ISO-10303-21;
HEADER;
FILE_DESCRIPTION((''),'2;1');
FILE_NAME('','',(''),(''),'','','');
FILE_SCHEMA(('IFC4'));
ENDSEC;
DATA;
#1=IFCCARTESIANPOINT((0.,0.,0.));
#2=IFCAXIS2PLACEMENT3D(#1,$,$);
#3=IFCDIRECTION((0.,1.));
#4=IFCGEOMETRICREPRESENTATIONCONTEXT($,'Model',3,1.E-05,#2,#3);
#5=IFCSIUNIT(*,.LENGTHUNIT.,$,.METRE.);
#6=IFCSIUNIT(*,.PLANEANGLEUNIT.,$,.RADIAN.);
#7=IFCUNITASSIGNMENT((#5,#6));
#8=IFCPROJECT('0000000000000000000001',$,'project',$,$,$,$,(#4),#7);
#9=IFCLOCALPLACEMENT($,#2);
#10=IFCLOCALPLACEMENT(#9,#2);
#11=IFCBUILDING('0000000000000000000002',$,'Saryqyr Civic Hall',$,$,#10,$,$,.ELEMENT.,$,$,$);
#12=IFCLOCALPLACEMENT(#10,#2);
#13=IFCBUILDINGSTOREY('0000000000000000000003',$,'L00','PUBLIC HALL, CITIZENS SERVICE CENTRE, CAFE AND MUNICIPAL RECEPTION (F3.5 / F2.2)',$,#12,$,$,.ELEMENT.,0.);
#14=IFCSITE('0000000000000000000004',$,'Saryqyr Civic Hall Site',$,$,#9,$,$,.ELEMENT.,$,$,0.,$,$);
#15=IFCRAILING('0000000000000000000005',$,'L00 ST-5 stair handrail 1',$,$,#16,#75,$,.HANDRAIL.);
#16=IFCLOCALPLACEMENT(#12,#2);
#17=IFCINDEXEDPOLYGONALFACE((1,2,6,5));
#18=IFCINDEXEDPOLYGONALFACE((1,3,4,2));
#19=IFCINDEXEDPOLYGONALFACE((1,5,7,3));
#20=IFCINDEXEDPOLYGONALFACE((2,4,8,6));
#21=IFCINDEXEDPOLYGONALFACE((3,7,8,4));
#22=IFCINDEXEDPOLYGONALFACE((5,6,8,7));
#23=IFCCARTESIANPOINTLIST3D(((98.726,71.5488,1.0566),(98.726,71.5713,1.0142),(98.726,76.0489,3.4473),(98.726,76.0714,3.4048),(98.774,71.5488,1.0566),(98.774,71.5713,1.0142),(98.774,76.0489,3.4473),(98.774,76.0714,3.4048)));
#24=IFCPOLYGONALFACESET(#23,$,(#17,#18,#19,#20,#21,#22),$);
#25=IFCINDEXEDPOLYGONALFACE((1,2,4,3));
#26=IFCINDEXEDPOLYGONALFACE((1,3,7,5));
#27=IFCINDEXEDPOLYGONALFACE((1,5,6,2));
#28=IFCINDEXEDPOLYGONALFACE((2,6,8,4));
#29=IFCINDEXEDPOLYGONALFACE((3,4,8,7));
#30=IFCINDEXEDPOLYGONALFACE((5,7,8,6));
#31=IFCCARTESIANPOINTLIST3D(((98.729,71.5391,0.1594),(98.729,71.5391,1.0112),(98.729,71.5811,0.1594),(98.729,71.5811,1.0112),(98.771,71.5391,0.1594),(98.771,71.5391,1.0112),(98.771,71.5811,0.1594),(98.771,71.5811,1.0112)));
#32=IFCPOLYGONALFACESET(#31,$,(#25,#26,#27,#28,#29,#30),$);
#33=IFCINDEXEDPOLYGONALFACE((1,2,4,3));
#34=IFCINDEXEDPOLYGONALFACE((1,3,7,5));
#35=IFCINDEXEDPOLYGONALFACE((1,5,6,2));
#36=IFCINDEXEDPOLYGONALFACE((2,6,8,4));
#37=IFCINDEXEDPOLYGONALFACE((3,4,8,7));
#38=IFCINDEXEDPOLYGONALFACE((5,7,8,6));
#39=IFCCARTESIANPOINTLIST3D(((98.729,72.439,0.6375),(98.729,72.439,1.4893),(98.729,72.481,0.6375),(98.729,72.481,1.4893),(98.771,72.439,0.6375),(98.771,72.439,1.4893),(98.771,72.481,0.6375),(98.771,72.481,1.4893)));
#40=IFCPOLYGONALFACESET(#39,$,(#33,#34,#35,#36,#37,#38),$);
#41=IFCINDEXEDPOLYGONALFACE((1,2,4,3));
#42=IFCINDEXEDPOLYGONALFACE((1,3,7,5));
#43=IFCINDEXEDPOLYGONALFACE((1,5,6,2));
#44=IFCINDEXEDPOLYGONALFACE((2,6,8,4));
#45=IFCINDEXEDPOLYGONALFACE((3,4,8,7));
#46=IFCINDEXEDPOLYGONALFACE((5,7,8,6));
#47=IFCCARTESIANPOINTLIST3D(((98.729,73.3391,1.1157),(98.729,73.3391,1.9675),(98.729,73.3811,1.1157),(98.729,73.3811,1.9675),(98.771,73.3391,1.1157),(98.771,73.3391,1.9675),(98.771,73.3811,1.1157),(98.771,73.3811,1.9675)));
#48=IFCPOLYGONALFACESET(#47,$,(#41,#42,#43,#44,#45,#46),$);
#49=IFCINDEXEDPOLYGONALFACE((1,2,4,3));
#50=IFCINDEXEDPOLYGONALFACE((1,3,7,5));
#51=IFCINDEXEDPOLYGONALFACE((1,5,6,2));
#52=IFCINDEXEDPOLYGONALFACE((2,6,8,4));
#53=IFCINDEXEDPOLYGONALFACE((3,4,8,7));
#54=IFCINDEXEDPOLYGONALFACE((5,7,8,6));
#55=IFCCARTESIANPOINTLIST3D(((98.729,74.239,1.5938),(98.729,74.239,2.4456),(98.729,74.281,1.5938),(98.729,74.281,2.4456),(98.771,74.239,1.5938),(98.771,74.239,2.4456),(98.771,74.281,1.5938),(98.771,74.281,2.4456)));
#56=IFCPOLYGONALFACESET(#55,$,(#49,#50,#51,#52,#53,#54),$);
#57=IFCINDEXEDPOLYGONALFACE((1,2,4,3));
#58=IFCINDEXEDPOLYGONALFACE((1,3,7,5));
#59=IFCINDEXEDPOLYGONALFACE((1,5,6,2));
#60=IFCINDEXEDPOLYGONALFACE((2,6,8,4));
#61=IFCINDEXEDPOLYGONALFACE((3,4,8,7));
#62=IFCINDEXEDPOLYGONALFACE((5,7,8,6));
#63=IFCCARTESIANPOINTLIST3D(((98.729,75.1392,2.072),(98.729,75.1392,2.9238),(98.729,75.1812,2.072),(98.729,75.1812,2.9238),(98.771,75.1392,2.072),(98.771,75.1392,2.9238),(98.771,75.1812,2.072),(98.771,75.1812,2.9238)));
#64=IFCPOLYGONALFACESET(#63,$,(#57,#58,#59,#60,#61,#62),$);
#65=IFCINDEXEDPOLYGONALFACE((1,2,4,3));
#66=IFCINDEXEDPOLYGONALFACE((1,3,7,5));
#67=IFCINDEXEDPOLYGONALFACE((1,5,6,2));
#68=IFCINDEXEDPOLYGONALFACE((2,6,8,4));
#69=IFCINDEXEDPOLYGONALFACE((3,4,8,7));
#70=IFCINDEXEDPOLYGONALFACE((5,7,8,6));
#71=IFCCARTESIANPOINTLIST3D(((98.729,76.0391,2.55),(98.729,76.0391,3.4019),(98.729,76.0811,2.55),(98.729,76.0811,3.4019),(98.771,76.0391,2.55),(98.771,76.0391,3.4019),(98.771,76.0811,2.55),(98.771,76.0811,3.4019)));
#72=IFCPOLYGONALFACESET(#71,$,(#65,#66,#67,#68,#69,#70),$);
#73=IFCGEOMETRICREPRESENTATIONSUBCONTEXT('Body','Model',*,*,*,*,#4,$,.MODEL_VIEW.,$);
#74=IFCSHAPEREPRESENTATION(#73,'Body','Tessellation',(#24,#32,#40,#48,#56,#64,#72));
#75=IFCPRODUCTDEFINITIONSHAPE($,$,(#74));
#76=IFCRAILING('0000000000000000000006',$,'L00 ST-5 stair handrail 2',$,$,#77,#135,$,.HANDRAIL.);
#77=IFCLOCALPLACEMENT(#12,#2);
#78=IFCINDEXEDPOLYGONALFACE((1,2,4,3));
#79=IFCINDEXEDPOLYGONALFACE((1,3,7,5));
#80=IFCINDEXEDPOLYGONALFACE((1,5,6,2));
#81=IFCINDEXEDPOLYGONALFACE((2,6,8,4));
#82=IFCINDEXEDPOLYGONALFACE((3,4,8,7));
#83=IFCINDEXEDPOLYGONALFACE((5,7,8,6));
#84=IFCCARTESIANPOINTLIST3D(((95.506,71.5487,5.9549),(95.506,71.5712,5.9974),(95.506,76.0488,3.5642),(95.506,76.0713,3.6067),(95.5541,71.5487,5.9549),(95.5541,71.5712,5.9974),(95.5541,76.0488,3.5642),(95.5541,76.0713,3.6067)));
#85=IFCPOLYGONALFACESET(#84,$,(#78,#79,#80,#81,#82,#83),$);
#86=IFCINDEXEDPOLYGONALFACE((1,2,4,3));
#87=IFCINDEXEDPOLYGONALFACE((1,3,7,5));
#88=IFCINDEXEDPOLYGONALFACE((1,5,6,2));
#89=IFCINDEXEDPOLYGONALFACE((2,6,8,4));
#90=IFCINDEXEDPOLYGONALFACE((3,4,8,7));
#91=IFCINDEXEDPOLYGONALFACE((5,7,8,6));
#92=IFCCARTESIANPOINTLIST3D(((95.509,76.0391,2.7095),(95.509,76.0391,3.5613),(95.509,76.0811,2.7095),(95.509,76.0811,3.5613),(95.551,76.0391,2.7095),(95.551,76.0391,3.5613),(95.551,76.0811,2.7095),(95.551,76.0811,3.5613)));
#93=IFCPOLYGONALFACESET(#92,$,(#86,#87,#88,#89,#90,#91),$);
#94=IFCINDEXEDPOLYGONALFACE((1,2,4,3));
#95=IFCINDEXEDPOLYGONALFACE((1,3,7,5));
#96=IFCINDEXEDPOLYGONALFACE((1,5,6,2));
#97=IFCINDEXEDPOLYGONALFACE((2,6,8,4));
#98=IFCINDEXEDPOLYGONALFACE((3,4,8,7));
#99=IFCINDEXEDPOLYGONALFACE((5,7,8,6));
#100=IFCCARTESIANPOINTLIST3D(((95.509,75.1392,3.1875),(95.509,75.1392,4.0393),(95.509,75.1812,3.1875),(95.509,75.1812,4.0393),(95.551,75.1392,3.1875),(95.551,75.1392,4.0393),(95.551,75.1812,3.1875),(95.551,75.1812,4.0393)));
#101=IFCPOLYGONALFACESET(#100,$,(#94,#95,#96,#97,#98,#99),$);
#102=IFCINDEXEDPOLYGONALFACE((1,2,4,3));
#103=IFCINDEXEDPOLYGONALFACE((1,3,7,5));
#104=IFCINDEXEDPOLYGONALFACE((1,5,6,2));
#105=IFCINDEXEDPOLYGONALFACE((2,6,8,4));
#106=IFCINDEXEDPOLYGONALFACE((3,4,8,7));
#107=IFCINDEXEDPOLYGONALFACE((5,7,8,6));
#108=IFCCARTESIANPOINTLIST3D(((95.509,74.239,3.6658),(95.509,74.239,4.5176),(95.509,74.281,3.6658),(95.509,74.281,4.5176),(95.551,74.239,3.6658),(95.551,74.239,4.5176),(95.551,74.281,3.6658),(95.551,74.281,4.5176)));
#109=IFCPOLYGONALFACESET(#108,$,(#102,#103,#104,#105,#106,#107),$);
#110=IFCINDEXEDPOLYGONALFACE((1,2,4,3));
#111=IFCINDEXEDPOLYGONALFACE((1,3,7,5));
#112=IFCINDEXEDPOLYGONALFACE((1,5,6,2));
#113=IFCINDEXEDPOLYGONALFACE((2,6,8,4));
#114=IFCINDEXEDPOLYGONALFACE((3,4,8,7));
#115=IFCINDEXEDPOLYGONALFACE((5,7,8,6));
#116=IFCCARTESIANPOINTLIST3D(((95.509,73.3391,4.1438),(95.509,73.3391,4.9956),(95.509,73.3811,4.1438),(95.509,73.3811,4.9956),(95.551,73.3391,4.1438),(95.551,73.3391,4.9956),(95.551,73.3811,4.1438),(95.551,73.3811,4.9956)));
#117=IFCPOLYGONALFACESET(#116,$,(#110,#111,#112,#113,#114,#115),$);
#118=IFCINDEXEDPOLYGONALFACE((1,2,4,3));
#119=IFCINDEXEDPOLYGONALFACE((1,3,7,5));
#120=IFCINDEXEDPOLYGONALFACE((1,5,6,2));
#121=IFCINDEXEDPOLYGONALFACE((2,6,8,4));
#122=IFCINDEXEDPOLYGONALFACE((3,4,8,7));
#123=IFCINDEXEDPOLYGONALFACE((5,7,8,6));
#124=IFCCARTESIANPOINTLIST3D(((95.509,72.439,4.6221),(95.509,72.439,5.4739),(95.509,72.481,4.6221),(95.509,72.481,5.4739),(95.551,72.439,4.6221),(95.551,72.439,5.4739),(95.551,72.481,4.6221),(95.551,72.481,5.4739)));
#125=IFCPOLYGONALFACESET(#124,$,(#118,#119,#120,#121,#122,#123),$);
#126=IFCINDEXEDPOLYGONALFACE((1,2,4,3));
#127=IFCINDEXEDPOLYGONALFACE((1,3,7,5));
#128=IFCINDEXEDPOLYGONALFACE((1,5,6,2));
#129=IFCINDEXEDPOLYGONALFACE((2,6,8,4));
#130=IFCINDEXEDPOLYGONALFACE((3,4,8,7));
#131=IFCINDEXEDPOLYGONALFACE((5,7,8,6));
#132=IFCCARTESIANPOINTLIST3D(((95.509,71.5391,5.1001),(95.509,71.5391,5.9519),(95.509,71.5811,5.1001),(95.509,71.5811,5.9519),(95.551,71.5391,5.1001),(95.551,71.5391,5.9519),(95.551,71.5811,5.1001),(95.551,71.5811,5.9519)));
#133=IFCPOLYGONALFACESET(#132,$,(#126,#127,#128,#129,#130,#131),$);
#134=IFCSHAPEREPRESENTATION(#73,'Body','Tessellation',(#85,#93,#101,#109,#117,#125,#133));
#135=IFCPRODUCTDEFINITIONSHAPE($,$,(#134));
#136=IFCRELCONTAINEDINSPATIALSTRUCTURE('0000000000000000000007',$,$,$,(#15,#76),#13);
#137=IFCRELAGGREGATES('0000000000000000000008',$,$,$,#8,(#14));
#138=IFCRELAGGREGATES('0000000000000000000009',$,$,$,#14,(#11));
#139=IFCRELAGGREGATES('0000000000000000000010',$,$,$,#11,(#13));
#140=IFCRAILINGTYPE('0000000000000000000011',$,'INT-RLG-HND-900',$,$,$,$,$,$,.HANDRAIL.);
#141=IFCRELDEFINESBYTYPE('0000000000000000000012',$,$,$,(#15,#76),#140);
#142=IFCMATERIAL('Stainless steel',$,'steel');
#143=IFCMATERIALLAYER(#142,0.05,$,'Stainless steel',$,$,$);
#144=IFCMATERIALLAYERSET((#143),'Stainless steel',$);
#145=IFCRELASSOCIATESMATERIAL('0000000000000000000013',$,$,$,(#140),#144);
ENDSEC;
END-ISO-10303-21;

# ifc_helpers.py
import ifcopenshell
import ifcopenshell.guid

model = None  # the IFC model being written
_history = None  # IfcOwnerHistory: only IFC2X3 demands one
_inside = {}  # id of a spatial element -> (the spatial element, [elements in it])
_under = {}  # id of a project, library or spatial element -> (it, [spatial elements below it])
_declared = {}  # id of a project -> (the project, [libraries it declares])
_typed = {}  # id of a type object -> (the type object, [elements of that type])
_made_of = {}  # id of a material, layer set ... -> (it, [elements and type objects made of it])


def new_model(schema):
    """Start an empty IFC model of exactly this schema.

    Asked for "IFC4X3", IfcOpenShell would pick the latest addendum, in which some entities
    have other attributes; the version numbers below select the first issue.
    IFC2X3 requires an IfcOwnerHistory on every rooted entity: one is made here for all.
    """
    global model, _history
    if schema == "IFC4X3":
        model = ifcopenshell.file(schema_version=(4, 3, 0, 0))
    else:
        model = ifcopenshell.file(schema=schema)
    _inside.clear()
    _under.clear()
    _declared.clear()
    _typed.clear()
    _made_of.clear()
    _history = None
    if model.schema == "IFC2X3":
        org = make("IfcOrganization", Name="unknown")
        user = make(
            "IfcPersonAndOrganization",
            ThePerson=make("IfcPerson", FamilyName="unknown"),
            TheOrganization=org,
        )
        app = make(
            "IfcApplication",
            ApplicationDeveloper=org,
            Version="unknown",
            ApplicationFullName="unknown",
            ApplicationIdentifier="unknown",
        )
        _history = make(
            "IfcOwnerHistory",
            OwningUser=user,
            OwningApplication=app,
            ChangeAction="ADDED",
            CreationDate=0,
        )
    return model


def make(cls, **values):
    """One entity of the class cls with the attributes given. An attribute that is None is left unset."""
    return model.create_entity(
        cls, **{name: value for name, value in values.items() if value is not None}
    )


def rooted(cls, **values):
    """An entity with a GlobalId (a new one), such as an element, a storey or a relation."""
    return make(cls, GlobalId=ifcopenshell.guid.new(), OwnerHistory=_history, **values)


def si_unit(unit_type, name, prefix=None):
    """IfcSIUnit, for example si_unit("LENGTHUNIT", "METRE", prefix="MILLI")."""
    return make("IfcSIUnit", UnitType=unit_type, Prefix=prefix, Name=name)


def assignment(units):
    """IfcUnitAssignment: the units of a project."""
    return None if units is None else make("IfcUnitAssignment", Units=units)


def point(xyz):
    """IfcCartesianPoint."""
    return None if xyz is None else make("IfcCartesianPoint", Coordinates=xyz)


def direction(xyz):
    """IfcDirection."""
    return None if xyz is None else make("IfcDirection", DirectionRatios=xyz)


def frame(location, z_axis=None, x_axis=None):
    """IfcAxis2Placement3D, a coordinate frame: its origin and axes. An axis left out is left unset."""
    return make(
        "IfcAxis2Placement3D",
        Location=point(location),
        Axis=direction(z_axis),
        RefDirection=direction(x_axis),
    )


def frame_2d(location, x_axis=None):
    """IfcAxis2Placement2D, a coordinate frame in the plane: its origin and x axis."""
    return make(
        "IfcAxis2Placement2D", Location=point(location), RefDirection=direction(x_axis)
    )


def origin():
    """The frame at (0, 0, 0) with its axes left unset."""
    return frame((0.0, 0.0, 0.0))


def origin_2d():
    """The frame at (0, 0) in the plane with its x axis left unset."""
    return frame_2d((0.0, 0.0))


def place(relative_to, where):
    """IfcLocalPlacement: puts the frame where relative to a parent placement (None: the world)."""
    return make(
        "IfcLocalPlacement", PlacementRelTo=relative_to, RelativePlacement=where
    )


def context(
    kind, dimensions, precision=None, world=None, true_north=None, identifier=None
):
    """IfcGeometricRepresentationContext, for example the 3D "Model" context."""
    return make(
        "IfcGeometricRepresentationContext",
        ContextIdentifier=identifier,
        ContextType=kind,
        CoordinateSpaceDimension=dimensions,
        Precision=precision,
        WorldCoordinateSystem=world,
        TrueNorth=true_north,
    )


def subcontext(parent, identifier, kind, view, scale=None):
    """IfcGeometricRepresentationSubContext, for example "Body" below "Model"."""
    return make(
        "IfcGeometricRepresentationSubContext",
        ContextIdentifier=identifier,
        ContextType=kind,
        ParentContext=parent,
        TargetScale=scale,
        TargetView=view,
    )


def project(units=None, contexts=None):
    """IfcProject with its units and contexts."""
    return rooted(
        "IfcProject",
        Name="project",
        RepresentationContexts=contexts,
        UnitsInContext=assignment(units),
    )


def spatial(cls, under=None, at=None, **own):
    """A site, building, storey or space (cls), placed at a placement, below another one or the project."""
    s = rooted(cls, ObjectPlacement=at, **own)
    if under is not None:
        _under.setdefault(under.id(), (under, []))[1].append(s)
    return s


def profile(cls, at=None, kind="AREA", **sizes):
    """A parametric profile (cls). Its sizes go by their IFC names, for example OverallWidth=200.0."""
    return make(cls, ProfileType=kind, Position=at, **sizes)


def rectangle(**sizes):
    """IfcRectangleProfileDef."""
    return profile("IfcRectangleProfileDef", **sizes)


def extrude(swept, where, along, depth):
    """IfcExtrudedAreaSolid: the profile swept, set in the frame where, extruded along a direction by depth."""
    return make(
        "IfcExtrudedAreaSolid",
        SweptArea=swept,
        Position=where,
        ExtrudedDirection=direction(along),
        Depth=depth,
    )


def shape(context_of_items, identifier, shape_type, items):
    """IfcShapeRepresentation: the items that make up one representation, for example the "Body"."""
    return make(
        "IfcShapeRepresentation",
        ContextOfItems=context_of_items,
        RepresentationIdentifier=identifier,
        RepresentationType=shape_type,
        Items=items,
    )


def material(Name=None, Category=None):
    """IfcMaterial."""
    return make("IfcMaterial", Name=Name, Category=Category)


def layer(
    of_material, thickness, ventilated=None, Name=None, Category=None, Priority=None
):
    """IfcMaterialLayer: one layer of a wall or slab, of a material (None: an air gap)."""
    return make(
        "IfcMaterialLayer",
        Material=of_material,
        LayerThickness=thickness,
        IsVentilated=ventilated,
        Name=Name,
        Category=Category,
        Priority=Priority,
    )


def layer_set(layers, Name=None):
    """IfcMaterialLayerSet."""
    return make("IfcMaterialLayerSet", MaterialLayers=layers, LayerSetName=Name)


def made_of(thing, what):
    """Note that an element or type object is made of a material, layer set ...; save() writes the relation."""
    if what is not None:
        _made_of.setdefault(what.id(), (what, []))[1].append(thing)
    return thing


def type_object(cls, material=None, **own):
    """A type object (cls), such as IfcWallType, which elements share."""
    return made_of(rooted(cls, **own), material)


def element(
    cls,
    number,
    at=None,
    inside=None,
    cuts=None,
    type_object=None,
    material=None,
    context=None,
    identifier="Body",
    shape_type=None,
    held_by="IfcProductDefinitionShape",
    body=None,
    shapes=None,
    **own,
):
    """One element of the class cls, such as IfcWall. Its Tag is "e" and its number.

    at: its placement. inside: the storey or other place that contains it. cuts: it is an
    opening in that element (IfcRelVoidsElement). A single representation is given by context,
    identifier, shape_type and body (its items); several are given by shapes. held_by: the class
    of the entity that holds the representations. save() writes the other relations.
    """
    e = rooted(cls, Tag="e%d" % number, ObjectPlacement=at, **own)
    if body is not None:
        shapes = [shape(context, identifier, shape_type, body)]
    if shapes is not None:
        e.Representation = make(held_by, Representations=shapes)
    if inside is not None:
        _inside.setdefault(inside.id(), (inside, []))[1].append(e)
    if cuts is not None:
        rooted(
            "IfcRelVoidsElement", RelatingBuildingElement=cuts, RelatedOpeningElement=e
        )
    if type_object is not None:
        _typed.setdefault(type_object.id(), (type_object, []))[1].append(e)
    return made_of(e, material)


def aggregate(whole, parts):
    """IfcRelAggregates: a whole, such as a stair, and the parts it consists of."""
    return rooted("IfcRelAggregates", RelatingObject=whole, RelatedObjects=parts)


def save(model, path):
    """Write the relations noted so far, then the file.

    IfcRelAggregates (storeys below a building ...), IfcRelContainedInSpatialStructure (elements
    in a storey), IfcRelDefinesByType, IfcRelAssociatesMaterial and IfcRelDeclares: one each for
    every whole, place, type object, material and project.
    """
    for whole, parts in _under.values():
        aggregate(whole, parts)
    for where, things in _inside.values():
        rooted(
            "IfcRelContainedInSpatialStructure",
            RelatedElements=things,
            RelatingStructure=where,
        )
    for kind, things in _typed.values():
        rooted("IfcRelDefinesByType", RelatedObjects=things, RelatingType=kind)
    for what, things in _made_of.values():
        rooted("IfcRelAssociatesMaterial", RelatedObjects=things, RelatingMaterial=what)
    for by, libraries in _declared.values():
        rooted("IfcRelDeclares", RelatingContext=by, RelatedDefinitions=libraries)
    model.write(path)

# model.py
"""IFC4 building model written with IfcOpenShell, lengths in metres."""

from ifc_helpers import new_model, si_unit, direction, frame, origin, origin_2d, place, context, subcontext, project, spatial, rectangle, extrude, material, layer, layer_set, type_object, element, save


model = new_model("IFC4")

# Units and contexts
model_context = context("Model", 3, precision=1e-05, world=origin(), true_north=direction((0.0, 1.0)))
body_context = subcontext(model_context, "Body", "Model", "MODEL_VIEW")
ifc_project = project(units=[si_unit("LENGTHUNIT", "METRE"), si_unit("PLANEANGLEUNIT", "RADIAN")], contexts=[model_context])

# Site, building, storey
site_placement = place(None, origin())
site = spatial("IfcSite", under=ifc_project, at=site_placement, Name="Saryqyr Civic Hall Site", CompositionType="ELEMENT", RefElevation=0.0)
building_placement = place(site_placement, origin())
building = spatial("IfcBuilding", under=site, at=building_placement, Name="Saryqyr Civic Hall", CompositionType="ELEMENT")
storey_placement = place(building_placement, origin())
storey = spatial("IfcBuildingStorey", under=building, at=storey_placement, Name="L00", Description="PUBLIC HALL, CITIZENS SERVICE CENTRE, CAFE AND MUNICIPAL RECEPTION (F3.5 / F2.2)", CompositionType="ELEMENT", Elevation=0.0)

# Railings
ifc_material_1 = material(Name="Stainless steel", Category="steel")
ifc_layer_1 = layer(ifc_material_1, 0.05, Name="Stainless steel")
ifc_layer_set_1 = layer_set([ifc_layer_1], Name="Stainless steel")
railing_type_1 = type_object("IfcRailingType", Name="INT-RLG-HND-900", PredefinedType="HANDRAIL", material=ifc_layer_set_1)
railing_1_placement = place(storey_placement, frame((98.75, 71.5601, 0.1594)))
element("IfcRailing", 1, at=railing_1_placement, inside=storey, type_object=railing_type_1, Name="L00 ST-5 stair handrail 1", PredefinedType="HANDRAIL", context=body_context, shape_type="SweptSolid", body=[
    extrude(rectangle(XDim=0.0481, YDim=0.0481, at=origin_2d()), frame((0.0, 0.0, 0.876), z_axis=(0.0, 0.883116, 0.469155), x_axis=(-1.0, 0.0, 0.0)), (0.0, 0.0, 1.0), 5.0957),
    extrude(rectangle(XDim=0.042, YDim=0.042, at=origin_2d()), origin(), (0.0, 0.0, 1.0), 0.8518),
    extrude(rectangle(XDim=0.042, YDim=0.042, at=origin_2d()), frame((0.0, 0.8999, 0.478)), (0.0, 0.0, 1.0), 0.8518),
    extrude(rectangle(XDim=0.042, YDim=0.042, at=origin_2d()), frame((0.0, 1.8, 0.9563)), (0.0, 0.0, 1.0), 0.8518),
    extrude(rectangle(XDim=0.042, YDim=0.042, at=origin_2d()), frame((0.0, 2.7, 1.4343)), (0.0, 0.0, 1.0), 0.8518),
    extrude(rectangle(XDim=0.042, YDim=0.042, at=origin_2d()), frame((0.0, 3.6001, 1.9126)), (0.0, 0.0, 1.0), 0.8518),
    extrude(rectangle(XDim=0.042, YDim=0.042, at=origin_2d()), frame((0.0, 4.5, 2.3906)), (0.0, 0.0, 1.0), 0.8518),
])
railing_2_placement = place(storey_placement, frame((95.53, 76.0601, 2.7095)))
element("IfcRailing", 2, at=railing_2_placement, inside=storey, type_object=railing_type_1, Name="L00 ST-5 stair handrail 2", PredefinedType="HANDRAIL", context=body_context, shape_type="SweptSolid", body=[
    extrude(rectangle(XDim=0.0481, YDim=0.0481, at=origin_2d()), frame((0.0, 0.0, 0.876), z_axis=(0.0, -0.883116, 0.469155), x_axis=(1.0, 0.0, 0.0)), (0.0, 0.0, 1.0), 5.0957),
    extrude(rectangle(XDim=0.042, YDim=0.042, at=origin_2d()), origin(), (0.0, 0.0, 1.0), 0.8518),
    extrude(rectangle(XDim=0.042, YDim=0.042, at=origin_2d()), frame((0.0, -0.8999, 0.478)), (0.0, 0.0, 1.0), 0.8518),
    extrude(rectangle(XDim=0.042, YDim=0.042, at=origin_2d()), frame((0.0, -1.8, 0.9563)), (0.0, 0.0, 1.0), 0.8518),
    extrude(rectangle(XDim=0.042, YDim=0.042, at=origin_2d()), frame((0.0, -2.7, 1.4343)), (0.0, 0.0, 1.0), 0.8518),
    extrude(rectangle(XDim=0.042, YDim=0.042, at=origin_2d()), frame((0.0, -3.6001, 1.9126)), (0.0, 0.0, 1.0), 0.8518),
    extrude(rectangle(XDim=0.042, YDim=0.042, at=origin_2d()), frame((0.0, -4.5, 2.3906)), (0.0, 0.0, 1.0), 0.8518),
])

save(model, "model.ifc")
